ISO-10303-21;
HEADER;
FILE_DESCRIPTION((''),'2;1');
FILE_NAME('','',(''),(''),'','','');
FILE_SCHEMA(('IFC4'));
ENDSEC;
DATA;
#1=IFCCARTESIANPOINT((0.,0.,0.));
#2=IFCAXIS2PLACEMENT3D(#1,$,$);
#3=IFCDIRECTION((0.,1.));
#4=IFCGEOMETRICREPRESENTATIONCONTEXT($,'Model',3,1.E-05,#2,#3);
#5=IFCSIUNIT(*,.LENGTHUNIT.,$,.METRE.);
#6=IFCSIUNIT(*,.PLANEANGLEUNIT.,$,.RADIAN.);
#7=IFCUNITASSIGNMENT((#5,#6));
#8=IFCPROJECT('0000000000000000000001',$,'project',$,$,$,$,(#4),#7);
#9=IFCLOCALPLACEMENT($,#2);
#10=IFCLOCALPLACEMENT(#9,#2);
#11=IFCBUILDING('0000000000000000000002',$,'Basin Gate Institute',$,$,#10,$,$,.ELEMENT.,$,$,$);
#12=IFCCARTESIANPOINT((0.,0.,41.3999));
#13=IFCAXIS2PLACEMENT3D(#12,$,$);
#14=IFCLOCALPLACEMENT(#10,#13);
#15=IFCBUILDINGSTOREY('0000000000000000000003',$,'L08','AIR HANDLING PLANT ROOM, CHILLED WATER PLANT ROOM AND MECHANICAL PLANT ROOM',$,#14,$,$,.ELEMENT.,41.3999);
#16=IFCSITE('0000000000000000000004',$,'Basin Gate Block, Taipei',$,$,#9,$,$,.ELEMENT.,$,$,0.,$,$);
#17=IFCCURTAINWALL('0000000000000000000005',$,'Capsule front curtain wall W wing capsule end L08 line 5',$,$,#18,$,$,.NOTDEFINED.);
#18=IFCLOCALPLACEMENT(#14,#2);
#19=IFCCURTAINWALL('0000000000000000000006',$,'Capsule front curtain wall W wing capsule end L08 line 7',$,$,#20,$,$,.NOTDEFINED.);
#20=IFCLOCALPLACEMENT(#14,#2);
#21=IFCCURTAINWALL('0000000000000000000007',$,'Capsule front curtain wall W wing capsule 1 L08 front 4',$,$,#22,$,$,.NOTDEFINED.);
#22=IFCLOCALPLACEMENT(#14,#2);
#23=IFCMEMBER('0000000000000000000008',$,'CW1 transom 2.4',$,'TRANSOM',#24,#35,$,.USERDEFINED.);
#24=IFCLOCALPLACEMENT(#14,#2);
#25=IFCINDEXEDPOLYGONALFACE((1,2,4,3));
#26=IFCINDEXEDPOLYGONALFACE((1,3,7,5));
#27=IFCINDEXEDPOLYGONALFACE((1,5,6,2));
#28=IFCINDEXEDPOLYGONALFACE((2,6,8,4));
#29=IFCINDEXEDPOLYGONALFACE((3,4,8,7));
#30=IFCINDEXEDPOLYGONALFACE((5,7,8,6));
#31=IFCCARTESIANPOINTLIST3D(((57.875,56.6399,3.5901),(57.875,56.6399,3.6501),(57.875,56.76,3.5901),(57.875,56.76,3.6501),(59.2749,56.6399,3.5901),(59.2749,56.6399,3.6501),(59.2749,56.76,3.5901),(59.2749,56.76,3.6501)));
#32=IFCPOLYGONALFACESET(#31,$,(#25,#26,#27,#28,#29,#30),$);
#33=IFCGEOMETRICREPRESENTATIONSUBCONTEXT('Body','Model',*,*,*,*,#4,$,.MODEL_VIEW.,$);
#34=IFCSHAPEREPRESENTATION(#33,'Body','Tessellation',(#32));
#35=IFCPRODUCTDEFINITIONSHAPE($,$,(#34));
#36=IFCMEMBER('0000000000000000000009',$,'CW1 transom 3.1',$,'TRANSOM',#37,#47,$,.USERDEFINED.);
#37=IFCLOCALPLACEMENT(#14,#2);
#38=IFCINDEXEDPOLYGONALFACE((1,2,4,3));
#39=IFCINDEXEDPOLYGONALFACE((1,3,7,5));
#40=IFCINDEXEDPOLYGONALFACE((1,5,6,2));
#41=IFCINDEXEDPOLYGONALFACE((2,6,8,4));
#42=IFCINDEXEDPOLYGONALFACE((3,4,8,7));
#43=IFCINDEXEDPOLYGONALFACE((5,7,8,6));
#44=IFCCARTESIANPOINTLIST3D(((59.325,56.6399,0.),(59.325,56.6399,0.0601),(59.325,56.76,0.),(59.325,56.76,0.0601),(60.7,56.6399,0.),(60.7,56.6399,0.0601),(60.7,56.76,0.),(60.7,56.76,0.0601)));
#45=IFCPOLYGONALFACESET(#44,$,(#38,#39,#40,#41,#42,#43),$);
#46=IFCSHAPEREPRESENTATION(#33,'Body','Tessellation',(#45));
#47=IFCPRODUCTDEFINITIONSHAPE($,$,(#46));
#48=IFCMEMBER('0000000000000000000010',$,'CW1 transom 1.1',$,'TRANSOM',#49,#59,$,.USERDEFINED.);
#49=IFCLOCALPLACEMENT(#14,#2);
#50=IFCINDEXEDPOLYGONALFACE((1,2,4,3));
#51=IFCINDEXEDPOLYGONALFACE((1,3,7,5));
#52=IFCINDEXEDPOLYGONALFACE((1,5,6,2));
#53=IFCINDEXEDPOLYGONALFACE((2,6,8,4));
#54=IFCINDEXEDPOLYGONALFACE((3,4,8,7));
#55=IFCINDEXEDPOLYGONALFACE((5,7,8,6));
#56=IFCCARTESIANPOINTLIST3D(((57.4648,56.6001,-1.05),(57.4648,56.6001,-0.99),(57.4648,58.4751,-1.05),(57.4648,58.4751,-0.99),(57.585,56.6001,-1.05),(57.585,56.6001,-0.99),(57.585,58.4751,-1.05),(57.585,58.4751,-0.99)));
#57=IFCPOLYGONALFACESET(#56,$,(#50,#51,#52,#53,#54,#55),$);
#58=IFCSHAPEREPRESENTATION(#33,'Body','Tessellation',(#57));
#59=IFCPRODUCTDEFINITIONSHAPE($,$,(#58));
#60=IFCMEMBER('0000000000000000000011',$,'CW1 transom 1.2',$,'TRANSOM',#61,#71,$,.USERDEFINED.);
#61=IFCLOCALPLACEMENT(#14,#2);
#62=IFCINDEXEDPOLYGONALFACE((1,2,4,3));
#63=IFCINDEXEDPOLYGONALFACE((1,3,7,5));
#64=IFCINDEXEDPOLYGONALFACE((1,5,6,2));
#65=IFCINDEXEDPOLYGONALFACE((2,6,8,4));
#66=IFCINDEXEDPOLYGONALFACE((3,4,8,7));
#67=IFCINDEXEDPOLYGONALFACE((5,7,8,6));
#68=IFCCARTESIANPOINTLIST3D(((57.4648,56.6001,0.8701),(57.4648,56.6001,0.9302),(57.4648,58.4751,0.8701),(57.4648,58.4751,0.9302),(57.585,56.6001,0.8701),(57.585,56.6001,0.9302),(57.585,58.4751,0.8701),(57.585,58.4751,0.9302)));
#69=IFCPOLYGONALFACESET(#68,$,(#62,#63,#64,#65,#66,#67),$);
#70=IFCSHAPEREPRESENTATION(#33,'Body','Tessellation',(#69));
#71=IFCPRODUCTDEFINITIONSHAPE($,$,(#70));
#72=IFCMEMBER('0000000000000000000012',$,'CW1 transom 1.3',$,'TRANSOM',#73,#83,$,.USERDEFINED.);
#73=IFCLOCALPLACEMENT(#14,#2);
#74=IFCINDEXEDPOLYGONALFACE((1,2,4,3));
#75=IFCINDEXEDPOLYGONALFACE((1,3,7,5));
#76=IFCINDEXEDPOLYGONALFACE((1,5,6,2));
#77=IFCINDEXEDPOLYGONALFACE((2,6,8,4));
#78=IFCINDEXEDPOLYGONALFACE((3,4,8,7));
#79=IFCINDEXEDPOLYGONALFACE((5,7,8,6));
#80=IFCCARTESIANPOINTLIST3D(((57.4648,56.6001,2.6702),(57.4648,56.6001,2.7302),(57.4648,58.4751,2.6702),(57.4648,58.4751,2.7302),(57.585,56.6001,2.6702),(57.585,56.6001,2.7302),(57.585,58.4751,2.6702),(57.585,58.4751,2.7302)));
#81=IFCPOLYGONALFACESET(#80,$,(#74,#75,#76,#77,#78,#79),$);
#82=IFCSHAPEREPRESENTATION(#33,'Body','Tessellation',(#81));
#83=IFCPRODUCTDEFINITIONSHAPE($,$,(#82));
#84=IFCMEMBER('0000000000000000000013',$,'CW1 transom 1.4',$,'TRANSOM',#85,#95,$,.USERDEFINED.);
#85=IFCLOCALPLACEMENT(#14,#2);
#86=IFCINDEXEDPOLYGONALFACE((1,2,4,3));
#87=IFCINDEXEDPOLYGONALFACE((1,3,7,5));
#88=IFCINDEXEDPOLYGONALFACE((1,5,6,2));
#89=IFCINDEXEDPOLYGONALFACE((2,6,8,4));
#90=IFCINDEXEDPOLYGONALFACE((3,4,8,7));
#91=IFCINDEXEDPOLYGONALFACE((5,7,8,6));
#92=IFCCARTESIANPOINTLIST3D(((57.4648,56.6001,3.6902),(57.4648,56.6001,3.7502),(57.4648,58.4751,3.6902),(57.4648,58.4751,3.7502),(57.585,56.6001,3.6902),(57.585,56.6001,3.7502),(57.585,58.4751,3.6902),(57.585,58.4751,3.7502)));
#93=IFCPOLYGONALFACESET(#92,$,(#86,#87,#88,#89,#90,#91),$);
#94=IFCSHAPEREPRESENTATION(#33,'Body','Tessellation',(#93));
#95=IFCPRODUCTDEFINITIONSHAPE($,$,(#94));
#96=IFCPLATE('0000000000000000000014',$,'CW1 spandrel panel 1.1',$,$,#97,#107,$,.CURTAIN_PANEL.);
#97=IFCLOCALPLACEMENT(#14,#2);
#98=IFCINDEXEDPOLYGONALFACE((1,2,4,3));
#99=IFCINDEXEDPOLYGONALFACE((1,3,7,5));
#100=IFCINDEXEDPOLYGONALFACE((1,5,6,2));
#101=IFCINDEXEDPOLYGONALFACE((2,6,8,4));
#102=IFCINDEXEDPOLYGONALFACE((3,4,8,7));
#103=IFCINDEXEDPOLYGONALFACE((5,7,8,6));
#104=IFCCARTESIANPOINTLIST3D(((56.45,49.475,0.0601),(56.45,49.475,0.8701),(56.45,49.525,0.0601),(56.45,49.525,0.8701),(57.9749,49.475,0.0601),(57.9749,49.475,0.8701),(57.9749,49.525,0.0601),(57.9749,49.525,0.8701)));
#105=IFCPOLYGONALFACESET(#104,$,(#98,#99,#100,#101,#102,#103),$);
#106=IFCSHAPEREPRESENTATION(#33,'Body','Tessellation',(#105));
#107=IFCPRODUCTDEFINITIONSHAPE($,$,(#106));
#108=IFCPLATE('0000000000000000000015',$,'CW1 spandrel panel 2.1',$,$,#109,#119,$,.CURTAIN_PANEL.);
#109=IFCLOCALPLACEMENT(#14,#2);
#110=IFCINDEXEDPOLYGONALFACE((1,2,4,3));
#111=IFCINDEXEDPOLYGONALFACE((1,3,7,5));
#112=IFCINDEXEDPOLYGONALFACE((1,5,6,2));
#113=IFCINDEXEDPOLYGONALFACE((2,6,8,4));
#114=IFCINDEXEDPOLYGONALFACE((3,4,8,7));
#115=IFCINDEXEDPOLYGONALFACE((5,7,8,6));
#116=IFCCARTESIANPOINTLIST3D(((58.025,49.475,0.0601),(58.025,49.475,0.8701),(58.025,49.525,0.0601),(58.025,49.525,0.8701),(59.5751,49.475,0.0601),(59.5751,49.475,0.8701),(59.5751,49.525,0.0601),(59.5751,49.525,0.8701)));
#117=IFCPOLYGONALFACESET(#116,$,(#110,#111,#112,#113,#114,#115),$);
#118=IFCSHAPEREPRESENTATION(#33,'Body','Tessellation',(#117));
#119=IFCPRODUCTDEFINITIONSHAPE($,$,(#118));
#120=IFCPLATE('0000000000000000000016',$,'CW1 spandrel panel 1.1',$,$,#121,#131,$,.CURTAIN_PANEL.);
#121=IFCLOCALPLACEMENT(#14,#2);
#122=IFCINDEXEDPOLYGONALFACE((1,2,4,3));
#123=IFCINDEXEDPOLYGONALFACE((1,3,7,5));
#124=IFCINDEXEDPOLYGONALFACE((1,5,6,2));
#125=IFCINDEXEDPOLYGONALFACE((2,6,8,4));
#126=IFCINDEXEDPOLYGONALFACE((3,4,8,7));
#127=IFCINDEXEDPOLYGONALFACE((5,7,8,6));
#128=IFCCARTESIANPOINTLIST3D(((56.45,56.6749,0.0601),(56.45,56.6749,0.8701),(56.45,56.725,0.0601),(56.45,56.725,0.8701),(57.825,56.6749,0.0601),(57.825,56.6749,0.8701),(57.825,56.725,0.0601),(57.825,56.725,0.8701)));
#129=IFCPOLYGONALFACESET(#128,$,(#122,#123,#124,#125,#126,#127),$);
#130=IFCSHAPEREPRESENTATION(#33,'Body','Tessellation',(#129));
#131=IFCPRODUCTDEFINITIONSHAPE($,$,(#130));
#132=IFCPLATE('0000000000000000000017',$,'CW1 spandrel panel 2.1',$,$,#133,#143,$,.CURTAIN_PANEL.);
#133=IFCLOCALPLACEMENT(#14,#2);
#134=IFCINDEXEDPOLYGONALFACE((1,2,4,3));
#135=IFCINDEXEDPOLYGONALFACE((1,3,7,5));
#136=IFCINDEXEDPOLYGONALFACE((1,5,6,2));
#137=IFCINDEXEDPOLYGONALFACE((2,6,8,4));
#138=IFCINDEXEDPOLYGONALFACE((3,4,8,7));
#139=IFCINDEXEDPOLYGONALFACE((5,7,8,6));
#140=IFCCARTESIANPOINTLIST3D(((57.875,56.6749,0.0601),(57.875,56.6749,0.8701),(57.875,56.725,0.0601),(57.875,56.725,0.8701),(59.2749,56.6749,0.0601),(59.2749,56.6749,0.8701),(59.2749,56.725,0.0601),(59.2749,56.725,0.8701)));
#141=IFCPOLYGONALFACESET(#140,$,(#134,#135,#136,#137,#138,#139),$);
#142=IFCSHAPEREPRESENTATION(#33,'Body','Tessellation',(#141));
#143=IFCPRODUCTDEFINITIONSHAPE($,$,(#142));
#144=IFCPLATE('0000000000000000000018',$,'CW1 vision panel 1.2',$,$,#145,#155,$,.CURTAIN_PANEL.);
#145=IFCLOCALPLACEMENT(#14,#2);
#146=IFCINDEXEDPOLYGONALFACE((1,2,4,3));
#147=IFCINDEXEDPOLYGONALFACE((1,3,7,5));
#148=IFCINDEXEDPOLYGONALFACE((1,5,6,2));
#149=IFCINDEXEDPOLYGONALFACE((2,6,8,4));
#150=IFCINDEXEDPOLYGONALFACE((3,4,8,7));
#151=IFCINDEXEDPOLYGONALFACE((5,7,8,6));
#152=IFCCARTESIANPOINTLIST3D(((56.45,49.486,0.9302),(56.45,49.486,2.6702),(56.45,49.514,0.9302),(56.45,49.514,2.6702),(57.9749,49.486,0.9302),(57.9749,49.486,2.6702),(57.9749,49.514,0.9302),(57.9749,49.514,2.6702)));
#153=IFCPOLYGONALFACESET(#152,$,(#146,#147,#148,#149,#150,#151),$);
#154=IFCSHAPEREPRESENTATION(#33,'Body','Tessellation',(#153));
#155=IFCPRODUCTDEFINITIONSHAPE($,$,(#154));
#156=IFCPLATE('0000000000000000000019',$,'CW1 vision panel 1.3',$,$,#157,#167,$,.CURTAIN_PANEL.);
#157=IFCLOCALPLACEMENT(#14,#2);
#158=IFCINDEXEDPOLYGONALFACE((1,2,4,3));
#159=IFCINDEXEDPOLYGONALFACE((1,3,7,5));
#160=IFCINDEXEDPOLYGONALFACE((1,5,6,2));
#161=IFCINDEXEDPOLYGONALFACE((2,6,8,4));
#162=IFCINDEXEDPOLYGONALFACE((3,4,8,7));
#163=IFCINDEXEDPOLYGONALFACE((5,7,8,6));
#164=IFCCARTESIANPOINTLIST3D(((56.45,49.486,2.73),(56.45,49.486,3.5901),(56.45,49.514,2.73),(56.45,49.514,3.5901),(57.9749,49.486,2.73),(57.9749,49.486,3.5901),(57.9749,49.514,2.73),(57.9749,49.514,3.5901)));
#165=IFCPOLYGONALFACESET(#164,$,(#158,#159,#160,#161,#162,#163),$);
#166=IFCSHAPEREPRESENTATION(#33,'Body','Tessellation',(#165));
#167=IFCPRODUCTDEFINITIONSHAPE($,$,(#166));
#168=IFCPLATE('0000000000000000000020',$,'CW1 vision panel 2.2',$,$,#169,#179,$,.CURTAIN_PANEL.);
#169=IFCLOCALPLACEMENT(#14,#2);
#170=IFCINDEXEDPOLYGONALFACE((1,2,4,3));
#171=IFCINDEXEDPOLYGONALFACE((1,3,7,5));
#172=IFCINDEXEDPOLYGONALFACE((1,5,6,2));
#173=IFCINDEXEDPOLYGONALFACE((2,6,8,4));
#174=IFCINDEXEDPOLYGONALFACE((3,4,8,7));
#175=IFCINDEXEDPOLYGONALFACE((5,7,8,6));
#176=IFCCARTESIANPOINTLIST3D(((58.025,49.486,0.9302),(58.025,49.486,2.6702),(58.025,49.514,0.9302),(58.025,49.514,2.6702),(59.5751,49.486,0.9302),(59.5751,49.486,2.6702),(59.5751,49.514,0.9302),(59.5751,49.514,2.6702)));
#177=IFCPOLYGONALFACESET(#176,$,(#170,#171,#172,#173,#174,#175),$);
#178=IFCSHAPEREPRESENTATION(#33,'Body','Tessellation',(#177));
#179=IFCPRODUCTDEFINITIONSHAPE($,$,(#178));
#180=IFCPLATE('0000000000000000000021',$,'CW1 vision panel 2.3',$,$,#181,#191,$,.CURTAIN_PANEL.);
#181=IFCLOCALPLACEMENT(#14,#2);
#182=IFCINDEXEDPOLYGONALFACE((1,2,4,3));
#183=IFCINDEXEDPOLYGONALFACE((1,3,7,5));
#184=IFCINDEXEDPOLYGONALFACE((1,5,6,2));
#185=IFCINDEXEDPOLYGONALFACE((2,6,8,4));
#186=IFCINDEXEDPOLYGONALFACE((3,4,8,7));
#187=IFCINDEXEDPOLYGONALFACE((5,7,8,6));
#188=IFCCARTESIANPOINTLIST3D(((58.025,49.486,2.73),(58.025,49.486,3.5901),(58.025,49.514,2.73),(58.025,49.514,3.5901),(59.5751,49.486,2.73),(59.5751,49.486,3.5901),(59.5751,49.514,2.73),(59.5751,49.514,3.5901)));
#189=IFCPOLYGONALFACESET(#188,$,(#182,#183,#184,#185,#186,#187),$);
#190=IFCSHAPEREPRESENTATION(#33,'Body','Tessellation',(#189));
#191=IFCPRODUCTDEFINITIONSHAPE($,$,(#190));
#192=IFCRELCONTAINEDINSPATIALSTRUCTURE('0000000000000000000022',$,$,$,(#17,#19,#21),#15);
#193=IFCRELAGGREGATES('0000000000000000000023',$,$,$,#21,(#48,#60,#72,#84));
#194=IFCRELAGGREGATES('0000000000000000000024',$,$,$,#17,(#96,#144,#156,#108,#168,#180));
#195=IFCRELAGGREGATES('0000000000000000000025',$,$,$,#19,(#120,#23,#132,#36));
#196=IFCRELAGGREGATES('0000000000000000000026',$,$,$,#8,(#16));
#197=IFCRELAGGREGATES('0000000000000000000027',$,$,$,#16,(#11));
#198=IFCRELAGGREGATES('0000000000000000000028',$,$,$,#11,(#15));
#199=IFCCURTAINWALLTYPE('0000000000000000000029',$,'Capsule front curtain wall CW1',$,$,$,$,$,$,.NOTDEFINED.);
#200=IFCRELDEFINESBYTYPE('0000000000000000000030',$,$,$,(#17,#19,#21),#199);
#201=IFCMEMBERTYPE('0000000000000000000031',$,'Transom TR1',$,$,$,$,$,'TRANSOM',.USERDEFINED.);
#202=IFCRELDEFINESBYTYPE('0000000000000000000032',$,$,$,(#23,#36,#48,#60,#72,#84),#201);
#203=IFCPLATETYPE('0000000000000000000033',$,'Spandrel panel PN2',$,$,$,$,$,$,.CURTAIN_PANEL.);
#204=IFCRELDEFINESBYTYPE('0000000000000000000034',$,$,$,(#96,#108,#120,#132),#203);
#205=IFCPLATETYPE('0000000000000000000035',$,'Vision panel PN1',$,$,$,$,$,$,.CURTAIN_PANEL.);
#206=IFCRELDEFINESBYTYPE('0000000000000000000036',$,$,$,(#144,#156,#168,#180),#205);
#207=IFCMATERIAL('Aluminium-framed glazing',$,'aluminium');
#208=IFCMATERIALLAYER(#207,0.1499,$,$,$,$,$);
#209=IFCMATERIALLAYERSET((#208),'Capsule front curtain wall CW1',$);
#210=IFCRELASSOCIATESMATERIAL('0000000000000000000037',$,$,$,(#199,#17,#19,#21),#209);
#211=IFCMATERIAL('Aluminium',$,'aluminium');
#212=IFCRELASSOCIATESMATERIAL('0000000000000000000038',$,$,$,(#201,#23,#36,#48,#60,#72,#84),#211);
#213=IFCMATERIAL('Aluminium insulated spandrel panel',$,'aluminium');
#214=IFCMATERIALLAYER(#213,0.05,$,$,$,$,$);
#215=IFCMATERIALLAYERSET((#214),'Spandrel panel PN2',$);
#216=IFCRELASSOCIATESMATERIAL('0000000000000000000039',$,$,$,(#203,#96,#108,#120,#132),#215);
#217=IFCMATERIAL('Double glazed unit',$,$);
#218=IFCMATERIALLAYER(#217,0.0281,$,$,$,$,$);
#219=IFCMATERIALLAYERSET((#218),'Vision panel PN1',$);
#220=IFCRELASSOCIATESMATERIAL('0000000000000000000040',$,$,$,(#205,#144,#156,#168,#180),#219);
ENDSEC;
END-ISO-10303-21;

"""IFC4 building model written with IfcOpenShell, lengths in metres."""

from ifc_helpers import new_model, si_unit, direction, frame, origin, origin_2d, place, context, subcontext, project, spatial, rectangle, extrude, material, layer, layer_set, material_profile, profile_set, type_object, element, aggregate, save


model = new_model("IFC4")

# Units and contexts
model_context = context("Model", 3, precision=1e-05, world=origin(), true_north=direction((0.0, 1.0)))
body_context = subcontext(model_context, "Body", "Model", "MODEL_VIEW")
ifc_project = project(units=[si_unit("LENGTHUNIT", "METRE"), si_unit("PLANEANGLEUNIT", "RADIAN")], contexts=[model_context])

# Site, building, storey
site_placement = place(None, origin())
site = spatial("IfcSite", under=ifc_project, at=site_placement, Name="Basin Gate Block, Taipei", CompositionType="ELEMENT", RefElevation=0.0)
building_placement = place(site_placement, origin())
building = spatial("IfcBuilding", under=site, at=building_placement, Name="Basin Gate Institute", CompositionType="ELEMENT")
storey_placement = place(building_placement, frame((0.0, 0.0, 41.3999)))
storey = spatial("IfcBuildingStorey", under=building, at=storey_placement, Name="L08", Description="AIR HANDLING PLANT ROOM, CHILLED WATER PLANT ROOM AND MECHANICAL PLANT ROOM", CompositionType="ELEMENT", Elevation=41.3999)

# Curtain wall
ifc_material_1 = material(Name="Aluminium-framed glazing", Category="aluminium")
ifc_layer_1 = layer(ifc_material_1, 0.1499)
ifc_layer_set_1 = layer_set([ifc_layer_1], Name="Capsule front curtain wall CW1")
curtain_wall_type = type_object("IfcCurtainWallType", Name="Capsule front curtain wall CW1", PredefinedType="NOTDEFINED", material=ifc_layer_set_1)
curtain_wall_1_placement = place(storey_placement, origin())
curtain_wall_1 = element("IfcCurtainWall", 1, at=curtain_wall_1_placement, inside=storey, type_object=curtain_wall_type, material=ifc_layer_set_1, Name="Capsule front curtain wall W wing capsule end L08 line 5", PredefinedType="NOTDEFINED")

# Curtain wall
curtain_wall_2_placement = place(storey_placement, origin())
curtain_wall_2 = element("IfcCurtainWall", 2, at=curtain_wall_2_placement, inside=storey, type_object=curtain_wall_type, material=ifc_layer_set_1, Name="Capsule front curtain wall W wing capsule end L08 line 7", PredefinedType="NOTDEFINED")

# Curtain wall
curtain_wall_3_placement = place(storey_placement, origin())
curtain_wall_3 = element("IfcCurtainWall", 3, at=curtain_wall_3_placement, inside=storey, type_object=curtain_wall_type, material=ifc_layer_set_1, Name="Capsule front curtain wall W wing capsule 1 L08 front 4", PredefinedType="NOTDEFINED")

# Members
ifc_material_2 = material(Name="Aluminium", Category="aluminium")
ifc_material_profile_1 = material_profile(ifc_material_2, rectangle(XDim=0.1201, YDim=0.0601, at=origin_2d()), Name="Transom TR1 120 x 60")
ifc_profile_set_1 = profile_set([ifc_material_profile_1], Name="Aluminium")
member_type_1 = type_object("IfcMemberType", Name="Transom TR1", ElementType="TRANSOM", PredefinedType="USERDEFINED", material=ifc_profile_set_1)
member_1_placement = place(storey_placement, frame((57.875, 56.7, 3.6201), z_axis=(1.0, 0.0, 0.0), x_axis=(0.0, 1.0, 0.0)))
member_1 = element("IfcMember", 4, at=member_1_placement, type_object=member_type_1, material=ifc_profile_set_1, Name="CW1 transom 2.4", ObjectType="TRANSOM", PredefinedType="USERDEFINED", context=body_context, shape_type="SweptSolid", body=[
    extrude(rectangle(XDim=0.1201, YDim=0.0601, at=origin_2d()), origin(), (0.0, 0.0, 1.0), 1.3999),
])
member_2_placement = place(storey_placement, frame((59.325, 56.7, 0.03), z_axis=(1.0, 0.0, 0.0), x_axis=(0.0, 1.0, 0.0)))
member_2 = element("IfcMember", 5, at=member_2_placement, type_object=member_type_1, material=ifc_profile_set_1, Name="CW1 transom 3.1", ObjectType="TRANSOM", PredefinedType="USERDEFINED", context=body_context, shape_type="SweptSolid", body=[
    extrude(rectangle(XDim=0.1201, YDim=0.0601, at=origin_2d()), origin(), (0.0, 0.0, 1.0), 1.375),
])
member_3_placement = place(storey_placement, frame((57.5249, 56.6001, -1.02), z_axis=(0.0, 1.0, 0.0), x_axis=(-1.0, 0.0, 0.0)))
member_3 = element("IfcMember", 6, at=member_3_placement, type_object=member_type_1, material=ifc_profile_set_1, Name="CW1 transom 1.1", ObjectType="TRANSOM", PredefinedType="USERDEFINED", context=body_context, shape_type="SweptSolid", body=[
    extrude(rectangle(XDim=0.1201, YDim=0.0601, at=origin_2d()), origin(), (0.0, 0.0, 1.0), 1.875),
])
member_4_placement = place(storey_placement, frame((57.5249, 56.6001, 0.9001), z_axis=(0.0, 1.0, 0.0), x_axis=(-1.0, 0.0, 0.0)))
member_4 = element("IfcMember", 7, at=member_4_placement, type_object=member_type_1, material=ifc_profile_set_1, Name="CW1 transom 1.2", ObjectType="TRANSOM", PredefinedType="USERDEFINED", context=body_context, shape_type="SweptSolid", body=[
    extrude(rectangle(XDim=0.1201, YDim=0.0601, at=origin_2d()), origin(), (0.0, 0.0, 1.0), 1.875),
])
member_5_placement = place(storey_placement, frame((57.5249, 56.6001, 2.7002), z_axis=(0.0, 1.0, 0.0), x_axis=(-1.0, 0.0, 0.0)))
member_5 = element("IfcMember", 8, at=member_5_placement, type_object=member_type_1, material=ifc_profile_set_1, Name="CW1 transom 1.3", ObjectType="TRANSOM", PredefinedType="USERDEFINED", context=body_context, shape_type="SweptSolid", body=[
    extrude(rectangle(XDim=0.1201, YDim=0.0601, at=origin_2d()), origin(), (0.0, 0.0, 1.0), 1.875),
])
member_6_placement = place(storey_placement, frame((57.5249, 56.6001, 3.7202), z_axis=(0.0, 1.0, 0.0), x_axis=(-1.0, 0.0, 0.0)))
member_6 = element("IfcMember", 9, at=member_6_placement, type_object=member_type_1, material=ifc_profile_set_1, Name="CW1 transom 1.4", ObjectType="TRANSOM", PredefinedType="USERDEFINED", context=body_context, shape_type="SweptSolid", body=[
    extrude(rectangle(XDim=0.1201, YDim=0.0601, at=origin_2d()), origin(), (0.0, 0.0, 1.0), 1.875),
])
aggregate(curtain_wall_3, [member_3, member_4, member_5, member_6])

# Plates
ifc_material_3 = material(Name="Aluminium insulated spandrel panel", Category="aluminium")
ifc_layer_2 = layer(ifc_material_3, 0.05)
ifc_layer_set_2 = layer_set([ifc_layer_2], Name="Spandrel panel PN2")
plate_type_1 = type_object("IfcPlateType", Name="Spandrel panel PN2", PredefinedType="CURTAIN_PANEL", material=ifc_layer_set_2)
plate_1_placement = place(storey_placement, frame((57.2124, 49.5, 0.0601), z_axis=(0.0, 0.0, 1.0), x_axis=(1.0, 0.0, 0.0)))
plate_1 = element("IfcPlate", 10, at=plate_1_placement, type_object=plate_type_1, material=ifc_layer_set_2, Name="CW1 spandrel panel 1.1", PredefinedType="CURTAIN_PANEL", context=body_context, shape_type="SweptSolid", body=[
    extrude(rectangle(XDim=1.5249, YDim=0.05, at=origin_2d()), origin(), (0.0, 0.0, 1.0), 0.8101),
])
plate_2_placement = place(storey_placement, frame((58.8, 49.5, 0.0601), z_axis=(0.0, 0.0, 1.0), x_axis=(1.0, 0.0, 0.0)))
plate_2 = element("IfcPlate", 11, at=plate_2_placement, type_object=plate_type_1, material=ifc_layer_set_2, Name="CW1 spandrel panel 2.1", PredefinedType="CURTAIN_PANEL", context=body_context, shape_type="SweptSolid", body=[
    extrude(rectangle(XDim=1.55, YDim=0.05, at=origin_2d()), origin(), (0.0, 0.0, 1.0), 0.8101),
])
plate_3_placement = place(storey_placement, frame((57.1375, 56.7, 0.0601), z_axis=(0.0, 0.0, 1.0), x_axis=(1.0, 0.0, 0.0)))
plate_3 = element("IfcPlate", 12, at=plate_3_placement, type_object=plate_type_1, material=ifc_layer_set_2, Name="CW1 spandrel panel 1.1", PredefinedType="CURTAIN_PANEL", context=body_context, shape_type="SweptSolid", body=[
    extrude(rectangle(XDim=1.375, YDim=0.05, at=origin_2d()), origin(), (0.0, 0.0, 1.0), 0.8101),
])
plate_4_placement = place(storey_placement, frame((58.575, 56.7, 0.0601), z_axis=(0.0, 0.0, 1.0), x_axis=(1.0, 0.0, 0.0)))
plate_4 = element("IfcPlate", 13, at=plate_4_placement, type_object=plate_type_1, material=ifc_layer_set_2, Name="CW1 spandrel panel 2.1", PredefinedType="CURTAIN_PANEL", context=body_context, shape_type="SweptSolid", body=[
    extrude(rectangle(XDim=1.3999, YDim=0.05, at=origin_2d()), origin(), (0.0, 0.0, 1.0), 0.8101),
])
ifc_material_4 = material(Name="Double glazed unit")
ifc_layer_3 = layer(ifc_material_4, 0.0281)
ifc_layer_set_3 = layer_set([ifc_layer_3], Name="Vision panel PN1")
plate_type_2 = type_object("IfcPlateType", Name="Vision panel PN1", PredefinedType="CURTAIN_PANEL", material=ifc_layer_set_3)
plate_5_placement = place(storey_placement, frame((57.2124, 49.5, 0.9302), z_axis=(0.0, 0.0, 1.0), x_axis=(1.0, 0.0, 0.0)))
plate_5 = element("IfcPlate", 14, at=plate_5_placement, type_object=plate_type_2, material=ifc_layer_set_3, Name="CW1 vision panel 1.2", PredefinedType="CURTAIN_PANEL", context=body_context, shape_type="SweptSolid", body=[
    extrude(rectangle(XDim=1.5249, YDim=0.0281, at=origin_2d()), origin(), (0.0, 0.0, 1.0), 1.74),
])
plate_6_placement = place(storey_placement, frame((57.2124, 49.5, 2.73), z_axis=(0.0, 0.0, 1.0), x_axis=(1.0, 0.0, 0.0)))
plate_6 = element("IfcPlate", 15, at=plate_6_placement, type_object=plate_type_2, material=ifc_layer_set_3, Name="CW1 vision panel 1.3", PredefinedType="CURTAIN_PANEL", context=body_context, shape_type="SweptSolid", body=[
    extrude(rectangle(XDim=1.5249, YDim=0.0281, at=origin_2d()), origin(), (0.0, 0.0, 1.0), 0.8601),
])
plate_7_placement = place(storey_placement, frame((58.8, 49.5, 0.9302), z_axis=(0.0, 0.0, 1.0), x_axis=(1.0, 0.0, 0.0)))
plate_7 = element("IfcPlate", 16, at=plate_7_placement, type_object=plate_type_2, material=ifc_layer_set_3, Name="CW1 vision panel 2.2", PredefinedType="CURTAIN_PANEL", context=body_context, shape_type="SweptSolid", body=[
    extrude(rectangle(XDim=1.55, YDim=0.0281, at=origin_2d()), origin(), (0.0, 0.0, 1.0), 1.74),
])
plate_8_placement = place(storey_placement, frame((58.8, 49.5, 2.73), z_axis=(0.0, 0.0, 1.0), x_axis=(1.0, 0.0, 0.0)))
plate_8 = element("IfcPlate", 17, at=plate_8_placement, type_object=plate_type_2, material=ifc_layer_set_3, Name="CW1 vision panel 2.3", PredefinedType="CURTAIN_PANEL", context=body_context, shape_type="SweptSolid", body=[
    extrude(rectangle(XDim=1.55, YDim=0.0281, at=origin_2d()), origin(), (0.0, 0.0, 1.0), 0.8601),
])
aggregate(curtain_wall_1, [plate_1, plate_5, plate_6, plate_2, plate_7, plate_8])
aggregate(curtain_wall_2, [plate_3, member_1, plate_4, member_2])

save(model, "model.ifc")
